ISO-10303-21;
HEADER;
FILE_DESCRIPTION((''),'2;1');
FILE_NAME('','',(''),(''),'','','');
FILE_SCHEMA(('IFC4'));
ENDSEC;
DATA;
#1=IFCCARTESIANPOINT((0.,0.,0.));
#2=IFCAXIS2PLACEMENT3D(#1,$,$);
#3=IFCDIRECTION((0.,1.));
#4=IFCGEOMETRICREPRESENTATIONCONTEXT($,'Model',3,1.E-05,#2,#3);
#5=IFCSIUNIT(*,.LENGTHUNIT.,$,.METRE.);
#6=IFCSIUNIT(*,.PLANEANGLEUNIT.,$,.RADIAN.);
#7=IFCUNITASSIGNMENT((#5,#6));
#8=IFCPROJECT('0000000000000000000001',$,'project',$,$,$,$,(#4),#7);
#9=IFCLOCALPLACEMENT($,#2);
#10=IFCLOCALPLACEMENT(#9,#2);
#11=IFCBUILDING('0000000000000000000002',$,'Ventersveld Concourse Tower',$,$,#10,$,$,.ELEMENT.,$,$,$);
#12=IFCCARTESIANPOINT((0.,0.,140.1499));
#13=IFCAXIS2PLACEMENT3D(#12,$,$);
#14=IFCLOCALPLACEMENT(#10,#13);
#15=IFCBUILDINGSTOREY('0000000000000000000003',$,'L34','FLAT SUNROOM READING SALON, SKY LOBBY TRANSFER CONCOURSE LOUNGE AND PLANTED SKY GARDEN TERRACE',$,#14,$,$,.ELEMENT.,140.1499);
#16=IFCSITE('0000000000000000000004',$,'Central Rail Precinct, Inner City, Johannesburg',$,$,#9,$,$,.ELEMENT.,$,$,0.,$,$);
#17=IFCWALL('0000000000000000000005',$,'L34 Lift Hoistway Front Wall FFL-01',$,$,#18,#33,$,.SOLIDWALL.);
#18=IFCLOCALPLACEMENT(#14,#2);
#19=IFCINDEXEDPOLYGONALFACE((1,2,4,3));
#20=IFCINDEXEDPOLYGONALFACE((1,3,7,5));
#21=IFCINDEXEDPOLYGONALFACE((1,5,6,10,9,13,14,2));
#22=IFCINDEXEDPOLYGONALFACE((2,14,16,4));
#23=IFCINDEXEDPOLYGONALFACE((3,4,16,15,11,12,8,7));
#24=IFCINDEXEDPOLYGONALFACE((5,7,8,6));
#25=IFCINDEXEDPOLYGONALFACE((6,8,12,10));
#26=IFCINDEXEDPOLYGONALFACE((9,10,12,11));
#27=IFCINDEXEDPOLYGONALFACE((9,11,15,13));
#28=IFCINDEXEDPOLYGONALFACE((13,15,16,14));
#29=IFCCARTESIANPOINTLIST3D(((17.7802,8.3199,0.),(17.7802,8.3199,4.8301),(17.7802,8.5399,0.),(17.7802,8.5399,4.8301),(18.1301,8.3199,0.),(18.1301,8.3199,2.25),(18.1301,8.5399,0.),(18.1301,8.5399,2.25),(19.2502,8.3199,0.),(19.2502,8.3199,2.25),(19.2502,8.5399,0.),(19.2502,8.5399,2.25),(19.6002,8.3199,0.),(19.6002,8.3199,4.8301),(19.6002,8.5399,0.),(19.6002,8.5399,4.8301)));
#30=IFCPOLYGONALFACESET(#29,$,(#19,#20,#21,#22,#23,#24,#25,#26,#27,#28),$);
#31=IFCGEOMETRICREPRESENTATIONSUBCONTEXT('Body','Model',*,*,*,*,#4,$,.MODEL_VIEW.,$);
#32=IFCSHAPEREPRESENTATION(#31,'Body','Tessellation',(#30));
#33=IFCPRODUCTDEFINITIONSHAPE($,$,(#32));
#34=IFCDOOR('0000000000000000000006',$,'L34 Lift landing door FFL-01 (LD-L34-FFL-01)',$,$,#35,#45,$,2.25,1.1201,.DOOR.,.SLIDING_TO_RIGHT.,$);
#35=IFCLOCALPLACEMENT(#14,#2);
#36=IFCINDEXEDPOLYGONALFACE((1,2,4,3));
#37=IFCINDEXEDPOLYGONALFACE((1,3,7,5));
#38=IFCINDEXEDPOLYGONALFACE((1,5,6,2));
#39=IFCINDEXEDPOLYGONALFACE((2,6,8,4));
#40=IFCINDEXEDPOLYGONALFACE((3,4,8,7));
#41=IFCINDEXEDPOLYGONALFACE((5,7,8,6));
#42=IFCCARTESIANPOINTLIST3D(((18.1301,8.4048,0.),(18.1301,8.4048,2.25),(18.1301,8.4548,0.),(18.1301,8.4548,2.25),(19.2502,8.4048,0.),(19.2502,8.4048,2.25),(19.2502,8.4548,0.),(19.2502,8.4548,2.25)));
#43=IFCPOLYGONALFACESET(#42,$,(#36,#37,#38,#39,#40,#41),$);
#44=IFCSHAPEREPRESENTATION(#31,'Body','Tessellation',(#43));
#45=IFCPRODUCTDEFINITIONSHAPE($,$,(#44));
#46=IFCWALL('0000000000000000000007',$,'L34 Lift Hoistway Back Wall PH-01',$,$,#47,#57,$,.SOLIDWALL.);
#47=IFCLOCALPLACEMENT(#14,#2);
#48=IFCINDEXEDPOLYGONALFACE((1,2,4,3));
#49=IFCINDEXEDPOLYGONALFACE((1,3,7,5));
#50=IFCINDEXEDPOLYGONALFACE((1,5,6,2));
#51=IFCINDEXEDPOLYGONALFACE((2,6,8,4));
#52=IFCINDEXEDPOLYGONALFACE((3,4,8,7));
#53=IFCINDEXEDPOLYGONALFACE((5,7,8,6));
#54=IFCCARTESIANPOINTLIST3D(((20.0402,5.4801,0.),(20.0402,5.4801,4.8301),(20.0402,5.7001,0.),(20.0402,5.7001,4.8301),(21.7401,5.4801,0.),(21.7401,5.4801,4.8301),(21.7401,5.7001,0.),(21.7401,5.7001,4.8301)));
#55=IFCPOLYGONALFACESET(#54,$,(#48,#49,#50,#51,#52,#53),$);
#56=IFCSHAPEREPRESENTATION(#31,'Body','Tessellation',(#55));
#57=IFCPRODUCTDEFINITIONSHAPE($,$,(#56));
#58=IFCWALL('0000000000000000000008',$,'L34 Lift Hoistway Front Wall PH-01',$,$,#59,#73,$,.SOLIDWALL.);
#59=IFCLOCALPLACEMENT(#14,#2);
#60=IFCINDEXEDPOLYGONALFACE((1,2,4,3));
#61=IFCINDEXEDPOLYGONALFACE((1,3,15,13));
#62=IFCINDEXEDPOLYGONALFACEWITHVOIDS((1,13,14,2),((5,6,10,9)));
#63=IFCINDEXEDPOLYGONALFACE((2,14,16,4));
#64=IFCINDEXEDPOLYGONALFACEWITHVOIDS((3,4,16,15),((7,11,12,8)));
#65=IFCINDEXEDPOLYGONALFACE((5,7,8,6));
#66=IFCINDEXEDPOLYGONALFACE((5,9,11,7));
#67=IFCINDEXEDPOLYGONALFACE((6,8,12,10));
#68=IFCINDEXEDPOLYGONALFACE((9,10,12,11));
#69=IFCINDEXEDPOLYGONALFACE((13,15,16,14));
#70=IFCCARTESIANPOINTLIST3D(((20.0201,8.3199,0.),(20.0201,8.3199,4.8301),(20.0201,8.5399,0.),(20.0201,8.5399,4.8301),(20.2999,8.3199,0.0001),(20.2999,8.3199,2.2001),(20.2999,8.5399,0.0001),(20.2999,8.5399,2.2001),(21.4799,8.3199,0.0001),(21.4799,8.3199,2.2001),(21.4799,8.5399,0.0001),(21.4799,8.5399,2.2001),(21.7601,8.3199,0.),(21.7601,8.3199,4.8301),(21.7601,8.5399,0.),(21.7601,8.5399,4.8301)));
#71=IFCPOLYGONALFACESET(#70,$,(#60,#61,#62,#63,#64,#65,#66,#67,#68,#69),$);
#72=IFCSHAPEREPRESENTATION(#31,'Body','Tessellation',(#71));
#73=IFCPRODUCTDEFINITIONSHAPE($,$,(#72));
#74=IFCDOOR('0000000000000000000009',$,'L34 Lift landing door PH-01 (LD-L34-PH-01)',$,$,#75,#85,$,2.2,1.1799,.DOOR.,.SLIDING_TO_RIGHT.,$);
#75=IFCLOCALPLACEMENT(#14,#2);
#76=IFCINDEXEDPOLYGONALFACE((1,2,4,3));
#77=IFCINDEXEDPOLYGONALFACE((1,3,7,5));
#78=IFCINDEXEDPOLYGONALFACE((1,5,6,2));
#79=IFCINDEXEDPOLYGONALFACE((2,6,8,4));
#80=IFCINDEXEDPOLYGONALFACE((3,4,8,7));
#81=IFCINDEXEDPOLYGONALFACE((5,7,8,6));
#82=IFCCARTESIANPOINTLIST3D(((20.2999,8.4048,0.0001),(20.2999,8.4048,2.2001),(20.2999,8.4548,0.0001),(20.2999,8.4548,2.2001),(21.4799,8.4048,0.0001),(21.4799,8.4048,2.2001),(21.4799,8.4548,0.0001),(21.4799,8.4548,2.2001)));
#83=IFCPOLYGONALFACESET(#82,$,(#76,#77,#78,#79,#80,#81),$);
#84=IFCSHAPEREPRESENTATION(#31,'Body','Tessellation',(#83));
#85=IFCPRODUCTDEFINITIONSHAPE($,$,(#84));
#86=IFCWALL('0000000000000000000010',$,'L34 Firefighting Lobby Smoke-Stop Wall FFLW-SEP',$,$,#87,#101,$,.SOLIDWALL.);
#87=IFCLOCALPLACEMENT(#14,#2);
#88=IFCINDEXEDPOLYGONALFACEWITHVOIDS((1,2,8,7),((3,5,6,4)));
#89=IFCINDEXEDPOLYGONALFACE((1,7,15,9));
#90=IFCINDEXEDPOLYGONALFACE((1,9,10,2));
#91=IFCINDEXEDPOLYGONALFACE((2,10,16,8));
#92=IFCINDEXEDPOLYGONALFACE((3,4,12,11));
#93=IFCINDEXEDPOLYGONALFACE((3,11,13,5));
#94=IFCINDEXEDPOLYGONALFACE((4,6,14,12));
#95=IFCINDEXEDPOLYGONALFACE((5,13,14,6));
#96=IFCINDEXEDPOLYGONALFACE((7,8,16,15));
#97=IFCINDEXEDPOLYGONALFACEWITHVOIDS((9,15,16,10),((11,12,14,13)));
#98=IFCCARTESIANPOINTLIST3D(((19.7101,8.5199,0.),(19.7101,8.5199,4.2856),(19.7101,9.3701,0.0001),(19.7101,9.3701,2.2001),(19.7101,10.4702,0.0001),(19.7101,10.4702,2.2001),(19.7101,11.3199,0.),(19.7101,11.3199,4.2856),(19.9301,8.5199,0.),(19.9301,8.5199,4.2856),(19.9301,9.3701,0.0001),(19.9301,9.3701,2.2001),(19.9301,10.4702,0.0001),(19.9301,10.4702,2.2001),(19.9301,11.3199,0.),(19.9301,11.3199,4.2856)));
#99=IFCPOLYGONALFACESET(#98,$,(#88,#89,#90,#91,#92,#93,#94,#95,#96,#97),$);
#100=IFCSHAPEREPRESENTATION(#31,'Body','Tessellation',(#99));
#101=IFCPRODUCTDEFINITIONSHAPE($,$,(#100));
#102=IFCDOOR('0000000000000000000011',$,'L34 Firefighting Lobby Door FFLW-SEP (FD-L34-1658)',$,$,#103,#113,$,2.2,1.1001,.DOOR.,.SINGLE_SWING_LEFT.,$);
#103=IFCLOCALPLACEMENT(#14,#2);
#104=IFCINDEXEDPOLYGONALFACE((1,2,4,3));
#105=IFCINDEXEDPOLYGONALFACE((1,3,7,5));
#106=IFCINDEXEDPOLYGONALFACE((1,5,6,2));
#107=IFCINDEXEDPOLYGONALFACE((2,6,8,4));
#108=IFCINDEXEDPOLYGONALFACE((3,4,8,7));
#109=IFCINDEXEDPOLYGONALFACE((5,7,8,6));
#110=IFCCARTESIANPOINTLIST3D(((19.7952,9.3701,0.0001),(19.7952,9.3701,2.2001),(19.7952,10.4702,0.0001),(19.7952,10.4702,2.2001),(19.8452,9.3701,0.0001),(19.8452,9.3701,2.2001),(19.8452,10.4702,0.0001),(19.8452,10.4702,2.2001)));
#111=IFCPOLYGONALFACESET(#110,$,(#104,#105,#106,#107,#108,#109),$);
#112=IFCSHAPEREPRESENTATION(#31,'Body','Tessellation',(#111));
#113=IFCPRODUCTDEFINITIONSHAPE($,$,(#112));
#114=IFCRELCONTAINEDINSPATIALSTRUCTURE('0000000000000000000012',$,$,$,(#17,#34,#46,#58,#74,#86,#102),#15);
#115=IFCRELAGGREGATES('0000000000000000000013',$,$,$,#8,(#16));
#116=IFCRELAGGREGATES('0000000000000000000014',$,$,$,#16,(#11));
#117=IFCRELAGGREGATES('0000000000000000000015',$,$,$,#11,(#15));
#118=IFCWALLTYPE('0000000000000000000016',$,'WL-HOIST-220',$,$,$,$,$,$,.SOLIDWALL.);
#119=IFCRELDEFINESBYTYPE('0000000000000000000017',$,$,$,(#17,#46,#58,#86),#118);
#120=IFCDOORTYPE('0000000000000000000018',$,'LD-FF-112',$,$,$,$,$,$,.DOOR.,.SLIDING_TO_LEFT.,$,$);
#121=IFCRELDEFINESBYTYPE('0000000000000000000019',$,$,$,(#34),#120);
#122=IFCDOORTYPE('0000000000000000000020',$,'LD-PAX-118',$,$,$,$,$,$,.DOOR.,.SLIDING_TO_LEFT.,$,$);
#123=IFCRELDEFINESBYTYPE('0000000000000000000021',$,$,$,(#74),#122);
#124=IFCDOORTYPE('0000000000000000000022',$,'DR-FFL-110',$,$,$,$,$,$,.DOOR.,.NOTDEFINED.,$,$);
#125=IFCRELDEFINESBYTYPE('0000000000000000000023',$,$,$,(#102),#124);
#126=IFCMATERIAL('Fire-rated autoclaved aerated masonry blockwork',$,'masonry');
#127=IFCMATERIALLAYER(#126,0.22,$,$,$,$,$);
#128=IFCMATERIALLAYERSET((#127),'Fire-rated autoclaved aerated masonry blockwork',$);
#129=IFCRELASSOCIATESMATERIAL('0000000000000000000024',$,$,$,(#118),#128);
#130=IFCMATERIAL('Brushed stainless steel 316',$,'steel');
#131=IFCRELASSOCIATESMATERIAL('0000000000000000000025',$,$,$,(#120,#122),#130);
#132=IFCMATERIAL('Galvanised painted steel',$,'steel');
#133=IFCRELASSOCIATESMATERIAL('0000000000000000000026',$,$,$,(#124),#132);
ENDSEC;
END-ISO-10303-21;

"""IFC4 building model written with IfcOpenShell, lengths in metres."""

from ifc_helpers import new_model, si_unit, direction, frame, frame_2d, origin, place, context, subcontext, project, spatial, rectangle, extrude, material, layer, layer_set, type_object, element, fill, save


model = new_model("IFC4")

# Units and contexts
model_context = context("Model", 3, precision=1e-05, world=origin(), true_north=direction((0.0, 1.0)))
body_context = subcontext(model_context, "Body", "Model", "MODEL_VIEW")
ifc_project = project(units=[si_unit("LENGTHUNIT", "METRE"), si_unit("PLANEANGLEUNIT", "RADIAN")], contexts=[model_context])

# Site, building, storey
site_placement = place(None, origin())
site = spatial("IfcSite", under=ifc_project, at=site_placement, Name="Central Rail Precinct, Inner City, Johannesburg", CompositionType="ELEMENT", RefElevation=0.0)
building_placement = place(site_placement, origin())
building = spatial("IfcBuilding", under=site, at=building_placement, Name="Ventersveld Concourse Tower", CompositionType="ELEMENT")
storey_placement = place(building_placement, frame((0.0, 0.0, 140.1499)))
storey = spatial("IfcBuildingStorey", under=building, at=storey_placement, Name="L34", Description="FLAT SUNROOM READING SALON, SKY LOBBY TRANSFER CONCOURSE LOUNGE AND PLANTED SKY GARDEN TERRACE", CompositionType="ELEMENT", Elevation=140.1499)

# Shared definitions
ifc_material_1 = material(Name="Fire-rated autoclaved aerated masonry blockwork", Category="masonry")
ifc_layer_1 = layer(ifc_material_1, 0.22)
ifc_layer_set_1 = layer_set([ifc_layer_1], Name="Fire-rated autoclaved aerated masonry blockwork")
wall_type_1 = type_object("IfcWallType", Name="WL-HOIST-220", PredefinedType="SOLIDWALL", material=ifc_layer_set_1)

# Wall, opening, door
wall_1_placement = place(storey_placement, frame((17.78, 8.4299, 0.0), z_axis=(0.0, 0.0, 1.0), x_axis=(1.0, 0.0, 0.0)))
wall_1 = element("IfcWall", 1, at=wall_1_placement, inside=storey, type_object=wall_type_1, Name="L34 Lift Hoistway Front Wall FFL-01", PredefinedType="SOLIDWALL", context=body_context, shape_type="SweptSolid", body=[
    extrude(rectangle(XDim=1.8201, YDim=0.22, at=frame_2d((0.9102, 0.0))), origin(), (0.0, 0.0, 1.0), 4.8301),
])
opening_1_placement = place(wall_1_placement, frame((0.3501, 0.0, 0.0)))
opening_1 = element("IfcOpeningElement", 2, at=opening_1_placement, cuts=wall_1, PredefinedType="OPENING", context=body_context, shape_type="SweptSolid", body=[
    extrude(rectangle(XDim=1.1201, YDim=2.25, at=frame_2d((0.5601, 1.125))), frame((0.0, 0.1201, 0.0), z_axis=(0.0, -1.0, 0.0), x_axis=(1.0, 0.0, 0.0)), (0.0, 0.0, 1.0), 0.24),
])
ifc_material_2 = material(Name="Brushed stainless steel 316", Category="steel")
door_type_1 = type_object("IfcDoorType", Name="LD-FF-112", OperationType="SLIDING_TO_LEFT", PredefinedType="DOOR", material=ifc_material_2)
door_1_placement = place(opening_1_placement, origin())
door_1 = element("IfcDoor", 3, at=door_1_placement, inside=storey, type_object=door_type_1, Name="L34 Lift landing door FFL-01 (LD-L34-FFL-01)", OperationType="SLIDING_TO_RIGHT", OverallHeight=2.25, OverallWidth=1.1201, PredefinedType="DOOR", context=body_context, shape_type="SweptSolid", body=[
    extrude(rectangle(XDim=1.1201, YDim=2.25, at=frame_2d((0.5601, 1.125))), frame((0.0, 0.0249, 0.0), z_axis=(0.0, -1.0, 0.0), x_axis=(1.0, 0.0, 0.0)), (0.0, 0.0, 1.0), 0.05),
])
fill(opening_1, door_1)

# Wall
wall_2_placement = place(storey_placement, frame((20.04, 5.5901, 0.0), z_axis=(0.0, 0.0, 1.0), x_axis=(1.0, 0.0, 0.0)))
element("IfcWall", 4, at=wall_2_placement, inside=storey, type_object=wall_type_1, Name="L34 Lift Hoistway Back Wall PH-01", PredefinedType="SOLIDWALL", context=body_context, shape_type="SweptSolid", body=[
    extrude(rectangle(XDim=1.7, YDim=0.22, at=frame_2d((0.8501, 0.0))), origin(), (0.0, 0.0, 1.0), 4.8301),
])

# Walls, openings, doors
wall_3_placement = place(storey_placement, frame((20.02, 8.4299, 0.0), z_axis=(0.0, 0.0, 1.0), x_axis=(1.0, 0.0, 0.0)))
wall_3 = element("IfcWall", 5, at=wall_3_placement, inside=storey, type_object=wall_type_1, Name="L34 Lift Hoistway Front Wall PH-01", PredefinedType="SOLIDWALL", context=body_context, shape_type="SweptSolid", body=[
    extrude(rectangle(XDim=1.74, YDim=0.22, at=frame_2d((0.8701, 0.0))), origin(), (0.0, 0.0, 1.0), 4.8301),
])
opening_2_placement = place(wall_3_placement, frame((0.28, 0.0, 0.0)))
opening_2 = element("IfcOpeningElement", 6, at=opening_2_placement, cuts=wall_3, PredefinedType="OPENING", context=body_context, shape_type="SweptSolid", body=[
    extrude(rectangle(XDim=1.1799, YDim=2.2, at=frame_2d((0.5898, 1.1001))), frame((0.0, 0.1201, 0.0), z_axis=(0.0, -1.0, 0.0), x_axis=(1.0, 0.0, 0.0)), (0.0, 0.0, 1.0), 0.24),
])
door_type_2 = type_object("IfcDoorType", Name="LD-PAX-118", OperationType="SLIDING_TO_LEFT", PredefinedType="DOOR", material=ifc_material_2)
door_2_placement = place(opening_2_placement, origin())
door_2 = element("IfcDoor", 7, at=door_2_placement, inside=storey, type_object=door_type_2, Name="L34 Lift landing door PH-01 (LD-L34-PH-01)", OperationType="SLIDING_TO_RIGHT", OverallHeight=2.2, OverallWidth=1.1799, PredefinedType="DOOR", context=body_context, shape_type="SweptSolid", body=[
    extrude(rectangle(XDim=1.1799, YDim=2.2, at=frame_2d((0.5898, 1.1001))), frame((0.0, 0.0249, 0.0), z_axis=(0.0, -1.0, 0.0), x_axis=(1.0, 0.0, 0.0)), (0.0, 0.0, 1.0), 0.05),
])
fill(opening_2, door_2)
wall_4_placement = place(storey_placement, frame((19.8201, 8.52, 0.0), z_axis=(0.0, 0.0, 1.0), x_axis=(0.0, 1.0, 0.0)))
wall_4 = element("IfcWall", 8, at=wall_4_placement, inside=storey, type_object=wall_type_1, Name="L34 Firefighting Lobby Smoke-Stop Wall FFLW-SEP", PredefinedType="SOLIDWALL", context=body_context, shape_type="SweptSolid", body=[
    extrude(rectangle(XDim=2.8, YDim=0.22, at=frame_2d((1.3999, 0.0))), origin(), (0.0, 0.0, 1.0), 4.2856),
])
opening_3_placement = place(wall_4_placement, frame((0.8501, 0.0, 0.0)))
opening_3 = element("IfcOpeningElement", 9, at=opening_3_placement, cuts=wall_4, PredefinedType="OPENING", context=body_context, shape_type="SweptSolid", body=[
    extrude(rectangle(XDim=1.1001, YDim=2.2, at=frame_2d((0.55, 1.1001))), frame((0.0, 0.1201, 0.0), z_axis=(0.0, -1.0, 0.0), x_axis=(1.0, 0.0, 0.0)), (0.0, 0.0, 1.0), 0.24),
])
ifc_material_3 = material(Name="Galvanised painted steel", Category="steel")
door_type_3 = type_object("IfcDoorType", Name="DR-FFL-110", OperationType="NOTDEFINED", PredefinedType="DOOR", material=ifc_material_3)
door_3_placement = place(opening_3_placement, origin())
door_3 = element("IfcDoor", 10, at=door_3_placement, inside=storey, type_object=door_type_3, Name="L34 Firefighting Lobby Door FFLW-SEP (FD-L34-1658)", OperationType="SINGLE_SWING_LEFT", OverallHeight=2.2, OverallWidth=1.1001, PredefinedType="DOOR", context=body_context, shape_type="SweptSolid", body=[
    extrude(rectangle(XDim=1.1001, YDim=2.2, at=frame_2d((0.55, 1.1001))), frame((0.0, 0.0249, 0.0), z_axis=(0.0, -1.0, 0.0), x_axis=(1.0, 0.0, 0.0)), (0.0, 0.0, 1.0), 0.05),
])
fill(opening_3, door_3)

save(model, "model.ifc")
